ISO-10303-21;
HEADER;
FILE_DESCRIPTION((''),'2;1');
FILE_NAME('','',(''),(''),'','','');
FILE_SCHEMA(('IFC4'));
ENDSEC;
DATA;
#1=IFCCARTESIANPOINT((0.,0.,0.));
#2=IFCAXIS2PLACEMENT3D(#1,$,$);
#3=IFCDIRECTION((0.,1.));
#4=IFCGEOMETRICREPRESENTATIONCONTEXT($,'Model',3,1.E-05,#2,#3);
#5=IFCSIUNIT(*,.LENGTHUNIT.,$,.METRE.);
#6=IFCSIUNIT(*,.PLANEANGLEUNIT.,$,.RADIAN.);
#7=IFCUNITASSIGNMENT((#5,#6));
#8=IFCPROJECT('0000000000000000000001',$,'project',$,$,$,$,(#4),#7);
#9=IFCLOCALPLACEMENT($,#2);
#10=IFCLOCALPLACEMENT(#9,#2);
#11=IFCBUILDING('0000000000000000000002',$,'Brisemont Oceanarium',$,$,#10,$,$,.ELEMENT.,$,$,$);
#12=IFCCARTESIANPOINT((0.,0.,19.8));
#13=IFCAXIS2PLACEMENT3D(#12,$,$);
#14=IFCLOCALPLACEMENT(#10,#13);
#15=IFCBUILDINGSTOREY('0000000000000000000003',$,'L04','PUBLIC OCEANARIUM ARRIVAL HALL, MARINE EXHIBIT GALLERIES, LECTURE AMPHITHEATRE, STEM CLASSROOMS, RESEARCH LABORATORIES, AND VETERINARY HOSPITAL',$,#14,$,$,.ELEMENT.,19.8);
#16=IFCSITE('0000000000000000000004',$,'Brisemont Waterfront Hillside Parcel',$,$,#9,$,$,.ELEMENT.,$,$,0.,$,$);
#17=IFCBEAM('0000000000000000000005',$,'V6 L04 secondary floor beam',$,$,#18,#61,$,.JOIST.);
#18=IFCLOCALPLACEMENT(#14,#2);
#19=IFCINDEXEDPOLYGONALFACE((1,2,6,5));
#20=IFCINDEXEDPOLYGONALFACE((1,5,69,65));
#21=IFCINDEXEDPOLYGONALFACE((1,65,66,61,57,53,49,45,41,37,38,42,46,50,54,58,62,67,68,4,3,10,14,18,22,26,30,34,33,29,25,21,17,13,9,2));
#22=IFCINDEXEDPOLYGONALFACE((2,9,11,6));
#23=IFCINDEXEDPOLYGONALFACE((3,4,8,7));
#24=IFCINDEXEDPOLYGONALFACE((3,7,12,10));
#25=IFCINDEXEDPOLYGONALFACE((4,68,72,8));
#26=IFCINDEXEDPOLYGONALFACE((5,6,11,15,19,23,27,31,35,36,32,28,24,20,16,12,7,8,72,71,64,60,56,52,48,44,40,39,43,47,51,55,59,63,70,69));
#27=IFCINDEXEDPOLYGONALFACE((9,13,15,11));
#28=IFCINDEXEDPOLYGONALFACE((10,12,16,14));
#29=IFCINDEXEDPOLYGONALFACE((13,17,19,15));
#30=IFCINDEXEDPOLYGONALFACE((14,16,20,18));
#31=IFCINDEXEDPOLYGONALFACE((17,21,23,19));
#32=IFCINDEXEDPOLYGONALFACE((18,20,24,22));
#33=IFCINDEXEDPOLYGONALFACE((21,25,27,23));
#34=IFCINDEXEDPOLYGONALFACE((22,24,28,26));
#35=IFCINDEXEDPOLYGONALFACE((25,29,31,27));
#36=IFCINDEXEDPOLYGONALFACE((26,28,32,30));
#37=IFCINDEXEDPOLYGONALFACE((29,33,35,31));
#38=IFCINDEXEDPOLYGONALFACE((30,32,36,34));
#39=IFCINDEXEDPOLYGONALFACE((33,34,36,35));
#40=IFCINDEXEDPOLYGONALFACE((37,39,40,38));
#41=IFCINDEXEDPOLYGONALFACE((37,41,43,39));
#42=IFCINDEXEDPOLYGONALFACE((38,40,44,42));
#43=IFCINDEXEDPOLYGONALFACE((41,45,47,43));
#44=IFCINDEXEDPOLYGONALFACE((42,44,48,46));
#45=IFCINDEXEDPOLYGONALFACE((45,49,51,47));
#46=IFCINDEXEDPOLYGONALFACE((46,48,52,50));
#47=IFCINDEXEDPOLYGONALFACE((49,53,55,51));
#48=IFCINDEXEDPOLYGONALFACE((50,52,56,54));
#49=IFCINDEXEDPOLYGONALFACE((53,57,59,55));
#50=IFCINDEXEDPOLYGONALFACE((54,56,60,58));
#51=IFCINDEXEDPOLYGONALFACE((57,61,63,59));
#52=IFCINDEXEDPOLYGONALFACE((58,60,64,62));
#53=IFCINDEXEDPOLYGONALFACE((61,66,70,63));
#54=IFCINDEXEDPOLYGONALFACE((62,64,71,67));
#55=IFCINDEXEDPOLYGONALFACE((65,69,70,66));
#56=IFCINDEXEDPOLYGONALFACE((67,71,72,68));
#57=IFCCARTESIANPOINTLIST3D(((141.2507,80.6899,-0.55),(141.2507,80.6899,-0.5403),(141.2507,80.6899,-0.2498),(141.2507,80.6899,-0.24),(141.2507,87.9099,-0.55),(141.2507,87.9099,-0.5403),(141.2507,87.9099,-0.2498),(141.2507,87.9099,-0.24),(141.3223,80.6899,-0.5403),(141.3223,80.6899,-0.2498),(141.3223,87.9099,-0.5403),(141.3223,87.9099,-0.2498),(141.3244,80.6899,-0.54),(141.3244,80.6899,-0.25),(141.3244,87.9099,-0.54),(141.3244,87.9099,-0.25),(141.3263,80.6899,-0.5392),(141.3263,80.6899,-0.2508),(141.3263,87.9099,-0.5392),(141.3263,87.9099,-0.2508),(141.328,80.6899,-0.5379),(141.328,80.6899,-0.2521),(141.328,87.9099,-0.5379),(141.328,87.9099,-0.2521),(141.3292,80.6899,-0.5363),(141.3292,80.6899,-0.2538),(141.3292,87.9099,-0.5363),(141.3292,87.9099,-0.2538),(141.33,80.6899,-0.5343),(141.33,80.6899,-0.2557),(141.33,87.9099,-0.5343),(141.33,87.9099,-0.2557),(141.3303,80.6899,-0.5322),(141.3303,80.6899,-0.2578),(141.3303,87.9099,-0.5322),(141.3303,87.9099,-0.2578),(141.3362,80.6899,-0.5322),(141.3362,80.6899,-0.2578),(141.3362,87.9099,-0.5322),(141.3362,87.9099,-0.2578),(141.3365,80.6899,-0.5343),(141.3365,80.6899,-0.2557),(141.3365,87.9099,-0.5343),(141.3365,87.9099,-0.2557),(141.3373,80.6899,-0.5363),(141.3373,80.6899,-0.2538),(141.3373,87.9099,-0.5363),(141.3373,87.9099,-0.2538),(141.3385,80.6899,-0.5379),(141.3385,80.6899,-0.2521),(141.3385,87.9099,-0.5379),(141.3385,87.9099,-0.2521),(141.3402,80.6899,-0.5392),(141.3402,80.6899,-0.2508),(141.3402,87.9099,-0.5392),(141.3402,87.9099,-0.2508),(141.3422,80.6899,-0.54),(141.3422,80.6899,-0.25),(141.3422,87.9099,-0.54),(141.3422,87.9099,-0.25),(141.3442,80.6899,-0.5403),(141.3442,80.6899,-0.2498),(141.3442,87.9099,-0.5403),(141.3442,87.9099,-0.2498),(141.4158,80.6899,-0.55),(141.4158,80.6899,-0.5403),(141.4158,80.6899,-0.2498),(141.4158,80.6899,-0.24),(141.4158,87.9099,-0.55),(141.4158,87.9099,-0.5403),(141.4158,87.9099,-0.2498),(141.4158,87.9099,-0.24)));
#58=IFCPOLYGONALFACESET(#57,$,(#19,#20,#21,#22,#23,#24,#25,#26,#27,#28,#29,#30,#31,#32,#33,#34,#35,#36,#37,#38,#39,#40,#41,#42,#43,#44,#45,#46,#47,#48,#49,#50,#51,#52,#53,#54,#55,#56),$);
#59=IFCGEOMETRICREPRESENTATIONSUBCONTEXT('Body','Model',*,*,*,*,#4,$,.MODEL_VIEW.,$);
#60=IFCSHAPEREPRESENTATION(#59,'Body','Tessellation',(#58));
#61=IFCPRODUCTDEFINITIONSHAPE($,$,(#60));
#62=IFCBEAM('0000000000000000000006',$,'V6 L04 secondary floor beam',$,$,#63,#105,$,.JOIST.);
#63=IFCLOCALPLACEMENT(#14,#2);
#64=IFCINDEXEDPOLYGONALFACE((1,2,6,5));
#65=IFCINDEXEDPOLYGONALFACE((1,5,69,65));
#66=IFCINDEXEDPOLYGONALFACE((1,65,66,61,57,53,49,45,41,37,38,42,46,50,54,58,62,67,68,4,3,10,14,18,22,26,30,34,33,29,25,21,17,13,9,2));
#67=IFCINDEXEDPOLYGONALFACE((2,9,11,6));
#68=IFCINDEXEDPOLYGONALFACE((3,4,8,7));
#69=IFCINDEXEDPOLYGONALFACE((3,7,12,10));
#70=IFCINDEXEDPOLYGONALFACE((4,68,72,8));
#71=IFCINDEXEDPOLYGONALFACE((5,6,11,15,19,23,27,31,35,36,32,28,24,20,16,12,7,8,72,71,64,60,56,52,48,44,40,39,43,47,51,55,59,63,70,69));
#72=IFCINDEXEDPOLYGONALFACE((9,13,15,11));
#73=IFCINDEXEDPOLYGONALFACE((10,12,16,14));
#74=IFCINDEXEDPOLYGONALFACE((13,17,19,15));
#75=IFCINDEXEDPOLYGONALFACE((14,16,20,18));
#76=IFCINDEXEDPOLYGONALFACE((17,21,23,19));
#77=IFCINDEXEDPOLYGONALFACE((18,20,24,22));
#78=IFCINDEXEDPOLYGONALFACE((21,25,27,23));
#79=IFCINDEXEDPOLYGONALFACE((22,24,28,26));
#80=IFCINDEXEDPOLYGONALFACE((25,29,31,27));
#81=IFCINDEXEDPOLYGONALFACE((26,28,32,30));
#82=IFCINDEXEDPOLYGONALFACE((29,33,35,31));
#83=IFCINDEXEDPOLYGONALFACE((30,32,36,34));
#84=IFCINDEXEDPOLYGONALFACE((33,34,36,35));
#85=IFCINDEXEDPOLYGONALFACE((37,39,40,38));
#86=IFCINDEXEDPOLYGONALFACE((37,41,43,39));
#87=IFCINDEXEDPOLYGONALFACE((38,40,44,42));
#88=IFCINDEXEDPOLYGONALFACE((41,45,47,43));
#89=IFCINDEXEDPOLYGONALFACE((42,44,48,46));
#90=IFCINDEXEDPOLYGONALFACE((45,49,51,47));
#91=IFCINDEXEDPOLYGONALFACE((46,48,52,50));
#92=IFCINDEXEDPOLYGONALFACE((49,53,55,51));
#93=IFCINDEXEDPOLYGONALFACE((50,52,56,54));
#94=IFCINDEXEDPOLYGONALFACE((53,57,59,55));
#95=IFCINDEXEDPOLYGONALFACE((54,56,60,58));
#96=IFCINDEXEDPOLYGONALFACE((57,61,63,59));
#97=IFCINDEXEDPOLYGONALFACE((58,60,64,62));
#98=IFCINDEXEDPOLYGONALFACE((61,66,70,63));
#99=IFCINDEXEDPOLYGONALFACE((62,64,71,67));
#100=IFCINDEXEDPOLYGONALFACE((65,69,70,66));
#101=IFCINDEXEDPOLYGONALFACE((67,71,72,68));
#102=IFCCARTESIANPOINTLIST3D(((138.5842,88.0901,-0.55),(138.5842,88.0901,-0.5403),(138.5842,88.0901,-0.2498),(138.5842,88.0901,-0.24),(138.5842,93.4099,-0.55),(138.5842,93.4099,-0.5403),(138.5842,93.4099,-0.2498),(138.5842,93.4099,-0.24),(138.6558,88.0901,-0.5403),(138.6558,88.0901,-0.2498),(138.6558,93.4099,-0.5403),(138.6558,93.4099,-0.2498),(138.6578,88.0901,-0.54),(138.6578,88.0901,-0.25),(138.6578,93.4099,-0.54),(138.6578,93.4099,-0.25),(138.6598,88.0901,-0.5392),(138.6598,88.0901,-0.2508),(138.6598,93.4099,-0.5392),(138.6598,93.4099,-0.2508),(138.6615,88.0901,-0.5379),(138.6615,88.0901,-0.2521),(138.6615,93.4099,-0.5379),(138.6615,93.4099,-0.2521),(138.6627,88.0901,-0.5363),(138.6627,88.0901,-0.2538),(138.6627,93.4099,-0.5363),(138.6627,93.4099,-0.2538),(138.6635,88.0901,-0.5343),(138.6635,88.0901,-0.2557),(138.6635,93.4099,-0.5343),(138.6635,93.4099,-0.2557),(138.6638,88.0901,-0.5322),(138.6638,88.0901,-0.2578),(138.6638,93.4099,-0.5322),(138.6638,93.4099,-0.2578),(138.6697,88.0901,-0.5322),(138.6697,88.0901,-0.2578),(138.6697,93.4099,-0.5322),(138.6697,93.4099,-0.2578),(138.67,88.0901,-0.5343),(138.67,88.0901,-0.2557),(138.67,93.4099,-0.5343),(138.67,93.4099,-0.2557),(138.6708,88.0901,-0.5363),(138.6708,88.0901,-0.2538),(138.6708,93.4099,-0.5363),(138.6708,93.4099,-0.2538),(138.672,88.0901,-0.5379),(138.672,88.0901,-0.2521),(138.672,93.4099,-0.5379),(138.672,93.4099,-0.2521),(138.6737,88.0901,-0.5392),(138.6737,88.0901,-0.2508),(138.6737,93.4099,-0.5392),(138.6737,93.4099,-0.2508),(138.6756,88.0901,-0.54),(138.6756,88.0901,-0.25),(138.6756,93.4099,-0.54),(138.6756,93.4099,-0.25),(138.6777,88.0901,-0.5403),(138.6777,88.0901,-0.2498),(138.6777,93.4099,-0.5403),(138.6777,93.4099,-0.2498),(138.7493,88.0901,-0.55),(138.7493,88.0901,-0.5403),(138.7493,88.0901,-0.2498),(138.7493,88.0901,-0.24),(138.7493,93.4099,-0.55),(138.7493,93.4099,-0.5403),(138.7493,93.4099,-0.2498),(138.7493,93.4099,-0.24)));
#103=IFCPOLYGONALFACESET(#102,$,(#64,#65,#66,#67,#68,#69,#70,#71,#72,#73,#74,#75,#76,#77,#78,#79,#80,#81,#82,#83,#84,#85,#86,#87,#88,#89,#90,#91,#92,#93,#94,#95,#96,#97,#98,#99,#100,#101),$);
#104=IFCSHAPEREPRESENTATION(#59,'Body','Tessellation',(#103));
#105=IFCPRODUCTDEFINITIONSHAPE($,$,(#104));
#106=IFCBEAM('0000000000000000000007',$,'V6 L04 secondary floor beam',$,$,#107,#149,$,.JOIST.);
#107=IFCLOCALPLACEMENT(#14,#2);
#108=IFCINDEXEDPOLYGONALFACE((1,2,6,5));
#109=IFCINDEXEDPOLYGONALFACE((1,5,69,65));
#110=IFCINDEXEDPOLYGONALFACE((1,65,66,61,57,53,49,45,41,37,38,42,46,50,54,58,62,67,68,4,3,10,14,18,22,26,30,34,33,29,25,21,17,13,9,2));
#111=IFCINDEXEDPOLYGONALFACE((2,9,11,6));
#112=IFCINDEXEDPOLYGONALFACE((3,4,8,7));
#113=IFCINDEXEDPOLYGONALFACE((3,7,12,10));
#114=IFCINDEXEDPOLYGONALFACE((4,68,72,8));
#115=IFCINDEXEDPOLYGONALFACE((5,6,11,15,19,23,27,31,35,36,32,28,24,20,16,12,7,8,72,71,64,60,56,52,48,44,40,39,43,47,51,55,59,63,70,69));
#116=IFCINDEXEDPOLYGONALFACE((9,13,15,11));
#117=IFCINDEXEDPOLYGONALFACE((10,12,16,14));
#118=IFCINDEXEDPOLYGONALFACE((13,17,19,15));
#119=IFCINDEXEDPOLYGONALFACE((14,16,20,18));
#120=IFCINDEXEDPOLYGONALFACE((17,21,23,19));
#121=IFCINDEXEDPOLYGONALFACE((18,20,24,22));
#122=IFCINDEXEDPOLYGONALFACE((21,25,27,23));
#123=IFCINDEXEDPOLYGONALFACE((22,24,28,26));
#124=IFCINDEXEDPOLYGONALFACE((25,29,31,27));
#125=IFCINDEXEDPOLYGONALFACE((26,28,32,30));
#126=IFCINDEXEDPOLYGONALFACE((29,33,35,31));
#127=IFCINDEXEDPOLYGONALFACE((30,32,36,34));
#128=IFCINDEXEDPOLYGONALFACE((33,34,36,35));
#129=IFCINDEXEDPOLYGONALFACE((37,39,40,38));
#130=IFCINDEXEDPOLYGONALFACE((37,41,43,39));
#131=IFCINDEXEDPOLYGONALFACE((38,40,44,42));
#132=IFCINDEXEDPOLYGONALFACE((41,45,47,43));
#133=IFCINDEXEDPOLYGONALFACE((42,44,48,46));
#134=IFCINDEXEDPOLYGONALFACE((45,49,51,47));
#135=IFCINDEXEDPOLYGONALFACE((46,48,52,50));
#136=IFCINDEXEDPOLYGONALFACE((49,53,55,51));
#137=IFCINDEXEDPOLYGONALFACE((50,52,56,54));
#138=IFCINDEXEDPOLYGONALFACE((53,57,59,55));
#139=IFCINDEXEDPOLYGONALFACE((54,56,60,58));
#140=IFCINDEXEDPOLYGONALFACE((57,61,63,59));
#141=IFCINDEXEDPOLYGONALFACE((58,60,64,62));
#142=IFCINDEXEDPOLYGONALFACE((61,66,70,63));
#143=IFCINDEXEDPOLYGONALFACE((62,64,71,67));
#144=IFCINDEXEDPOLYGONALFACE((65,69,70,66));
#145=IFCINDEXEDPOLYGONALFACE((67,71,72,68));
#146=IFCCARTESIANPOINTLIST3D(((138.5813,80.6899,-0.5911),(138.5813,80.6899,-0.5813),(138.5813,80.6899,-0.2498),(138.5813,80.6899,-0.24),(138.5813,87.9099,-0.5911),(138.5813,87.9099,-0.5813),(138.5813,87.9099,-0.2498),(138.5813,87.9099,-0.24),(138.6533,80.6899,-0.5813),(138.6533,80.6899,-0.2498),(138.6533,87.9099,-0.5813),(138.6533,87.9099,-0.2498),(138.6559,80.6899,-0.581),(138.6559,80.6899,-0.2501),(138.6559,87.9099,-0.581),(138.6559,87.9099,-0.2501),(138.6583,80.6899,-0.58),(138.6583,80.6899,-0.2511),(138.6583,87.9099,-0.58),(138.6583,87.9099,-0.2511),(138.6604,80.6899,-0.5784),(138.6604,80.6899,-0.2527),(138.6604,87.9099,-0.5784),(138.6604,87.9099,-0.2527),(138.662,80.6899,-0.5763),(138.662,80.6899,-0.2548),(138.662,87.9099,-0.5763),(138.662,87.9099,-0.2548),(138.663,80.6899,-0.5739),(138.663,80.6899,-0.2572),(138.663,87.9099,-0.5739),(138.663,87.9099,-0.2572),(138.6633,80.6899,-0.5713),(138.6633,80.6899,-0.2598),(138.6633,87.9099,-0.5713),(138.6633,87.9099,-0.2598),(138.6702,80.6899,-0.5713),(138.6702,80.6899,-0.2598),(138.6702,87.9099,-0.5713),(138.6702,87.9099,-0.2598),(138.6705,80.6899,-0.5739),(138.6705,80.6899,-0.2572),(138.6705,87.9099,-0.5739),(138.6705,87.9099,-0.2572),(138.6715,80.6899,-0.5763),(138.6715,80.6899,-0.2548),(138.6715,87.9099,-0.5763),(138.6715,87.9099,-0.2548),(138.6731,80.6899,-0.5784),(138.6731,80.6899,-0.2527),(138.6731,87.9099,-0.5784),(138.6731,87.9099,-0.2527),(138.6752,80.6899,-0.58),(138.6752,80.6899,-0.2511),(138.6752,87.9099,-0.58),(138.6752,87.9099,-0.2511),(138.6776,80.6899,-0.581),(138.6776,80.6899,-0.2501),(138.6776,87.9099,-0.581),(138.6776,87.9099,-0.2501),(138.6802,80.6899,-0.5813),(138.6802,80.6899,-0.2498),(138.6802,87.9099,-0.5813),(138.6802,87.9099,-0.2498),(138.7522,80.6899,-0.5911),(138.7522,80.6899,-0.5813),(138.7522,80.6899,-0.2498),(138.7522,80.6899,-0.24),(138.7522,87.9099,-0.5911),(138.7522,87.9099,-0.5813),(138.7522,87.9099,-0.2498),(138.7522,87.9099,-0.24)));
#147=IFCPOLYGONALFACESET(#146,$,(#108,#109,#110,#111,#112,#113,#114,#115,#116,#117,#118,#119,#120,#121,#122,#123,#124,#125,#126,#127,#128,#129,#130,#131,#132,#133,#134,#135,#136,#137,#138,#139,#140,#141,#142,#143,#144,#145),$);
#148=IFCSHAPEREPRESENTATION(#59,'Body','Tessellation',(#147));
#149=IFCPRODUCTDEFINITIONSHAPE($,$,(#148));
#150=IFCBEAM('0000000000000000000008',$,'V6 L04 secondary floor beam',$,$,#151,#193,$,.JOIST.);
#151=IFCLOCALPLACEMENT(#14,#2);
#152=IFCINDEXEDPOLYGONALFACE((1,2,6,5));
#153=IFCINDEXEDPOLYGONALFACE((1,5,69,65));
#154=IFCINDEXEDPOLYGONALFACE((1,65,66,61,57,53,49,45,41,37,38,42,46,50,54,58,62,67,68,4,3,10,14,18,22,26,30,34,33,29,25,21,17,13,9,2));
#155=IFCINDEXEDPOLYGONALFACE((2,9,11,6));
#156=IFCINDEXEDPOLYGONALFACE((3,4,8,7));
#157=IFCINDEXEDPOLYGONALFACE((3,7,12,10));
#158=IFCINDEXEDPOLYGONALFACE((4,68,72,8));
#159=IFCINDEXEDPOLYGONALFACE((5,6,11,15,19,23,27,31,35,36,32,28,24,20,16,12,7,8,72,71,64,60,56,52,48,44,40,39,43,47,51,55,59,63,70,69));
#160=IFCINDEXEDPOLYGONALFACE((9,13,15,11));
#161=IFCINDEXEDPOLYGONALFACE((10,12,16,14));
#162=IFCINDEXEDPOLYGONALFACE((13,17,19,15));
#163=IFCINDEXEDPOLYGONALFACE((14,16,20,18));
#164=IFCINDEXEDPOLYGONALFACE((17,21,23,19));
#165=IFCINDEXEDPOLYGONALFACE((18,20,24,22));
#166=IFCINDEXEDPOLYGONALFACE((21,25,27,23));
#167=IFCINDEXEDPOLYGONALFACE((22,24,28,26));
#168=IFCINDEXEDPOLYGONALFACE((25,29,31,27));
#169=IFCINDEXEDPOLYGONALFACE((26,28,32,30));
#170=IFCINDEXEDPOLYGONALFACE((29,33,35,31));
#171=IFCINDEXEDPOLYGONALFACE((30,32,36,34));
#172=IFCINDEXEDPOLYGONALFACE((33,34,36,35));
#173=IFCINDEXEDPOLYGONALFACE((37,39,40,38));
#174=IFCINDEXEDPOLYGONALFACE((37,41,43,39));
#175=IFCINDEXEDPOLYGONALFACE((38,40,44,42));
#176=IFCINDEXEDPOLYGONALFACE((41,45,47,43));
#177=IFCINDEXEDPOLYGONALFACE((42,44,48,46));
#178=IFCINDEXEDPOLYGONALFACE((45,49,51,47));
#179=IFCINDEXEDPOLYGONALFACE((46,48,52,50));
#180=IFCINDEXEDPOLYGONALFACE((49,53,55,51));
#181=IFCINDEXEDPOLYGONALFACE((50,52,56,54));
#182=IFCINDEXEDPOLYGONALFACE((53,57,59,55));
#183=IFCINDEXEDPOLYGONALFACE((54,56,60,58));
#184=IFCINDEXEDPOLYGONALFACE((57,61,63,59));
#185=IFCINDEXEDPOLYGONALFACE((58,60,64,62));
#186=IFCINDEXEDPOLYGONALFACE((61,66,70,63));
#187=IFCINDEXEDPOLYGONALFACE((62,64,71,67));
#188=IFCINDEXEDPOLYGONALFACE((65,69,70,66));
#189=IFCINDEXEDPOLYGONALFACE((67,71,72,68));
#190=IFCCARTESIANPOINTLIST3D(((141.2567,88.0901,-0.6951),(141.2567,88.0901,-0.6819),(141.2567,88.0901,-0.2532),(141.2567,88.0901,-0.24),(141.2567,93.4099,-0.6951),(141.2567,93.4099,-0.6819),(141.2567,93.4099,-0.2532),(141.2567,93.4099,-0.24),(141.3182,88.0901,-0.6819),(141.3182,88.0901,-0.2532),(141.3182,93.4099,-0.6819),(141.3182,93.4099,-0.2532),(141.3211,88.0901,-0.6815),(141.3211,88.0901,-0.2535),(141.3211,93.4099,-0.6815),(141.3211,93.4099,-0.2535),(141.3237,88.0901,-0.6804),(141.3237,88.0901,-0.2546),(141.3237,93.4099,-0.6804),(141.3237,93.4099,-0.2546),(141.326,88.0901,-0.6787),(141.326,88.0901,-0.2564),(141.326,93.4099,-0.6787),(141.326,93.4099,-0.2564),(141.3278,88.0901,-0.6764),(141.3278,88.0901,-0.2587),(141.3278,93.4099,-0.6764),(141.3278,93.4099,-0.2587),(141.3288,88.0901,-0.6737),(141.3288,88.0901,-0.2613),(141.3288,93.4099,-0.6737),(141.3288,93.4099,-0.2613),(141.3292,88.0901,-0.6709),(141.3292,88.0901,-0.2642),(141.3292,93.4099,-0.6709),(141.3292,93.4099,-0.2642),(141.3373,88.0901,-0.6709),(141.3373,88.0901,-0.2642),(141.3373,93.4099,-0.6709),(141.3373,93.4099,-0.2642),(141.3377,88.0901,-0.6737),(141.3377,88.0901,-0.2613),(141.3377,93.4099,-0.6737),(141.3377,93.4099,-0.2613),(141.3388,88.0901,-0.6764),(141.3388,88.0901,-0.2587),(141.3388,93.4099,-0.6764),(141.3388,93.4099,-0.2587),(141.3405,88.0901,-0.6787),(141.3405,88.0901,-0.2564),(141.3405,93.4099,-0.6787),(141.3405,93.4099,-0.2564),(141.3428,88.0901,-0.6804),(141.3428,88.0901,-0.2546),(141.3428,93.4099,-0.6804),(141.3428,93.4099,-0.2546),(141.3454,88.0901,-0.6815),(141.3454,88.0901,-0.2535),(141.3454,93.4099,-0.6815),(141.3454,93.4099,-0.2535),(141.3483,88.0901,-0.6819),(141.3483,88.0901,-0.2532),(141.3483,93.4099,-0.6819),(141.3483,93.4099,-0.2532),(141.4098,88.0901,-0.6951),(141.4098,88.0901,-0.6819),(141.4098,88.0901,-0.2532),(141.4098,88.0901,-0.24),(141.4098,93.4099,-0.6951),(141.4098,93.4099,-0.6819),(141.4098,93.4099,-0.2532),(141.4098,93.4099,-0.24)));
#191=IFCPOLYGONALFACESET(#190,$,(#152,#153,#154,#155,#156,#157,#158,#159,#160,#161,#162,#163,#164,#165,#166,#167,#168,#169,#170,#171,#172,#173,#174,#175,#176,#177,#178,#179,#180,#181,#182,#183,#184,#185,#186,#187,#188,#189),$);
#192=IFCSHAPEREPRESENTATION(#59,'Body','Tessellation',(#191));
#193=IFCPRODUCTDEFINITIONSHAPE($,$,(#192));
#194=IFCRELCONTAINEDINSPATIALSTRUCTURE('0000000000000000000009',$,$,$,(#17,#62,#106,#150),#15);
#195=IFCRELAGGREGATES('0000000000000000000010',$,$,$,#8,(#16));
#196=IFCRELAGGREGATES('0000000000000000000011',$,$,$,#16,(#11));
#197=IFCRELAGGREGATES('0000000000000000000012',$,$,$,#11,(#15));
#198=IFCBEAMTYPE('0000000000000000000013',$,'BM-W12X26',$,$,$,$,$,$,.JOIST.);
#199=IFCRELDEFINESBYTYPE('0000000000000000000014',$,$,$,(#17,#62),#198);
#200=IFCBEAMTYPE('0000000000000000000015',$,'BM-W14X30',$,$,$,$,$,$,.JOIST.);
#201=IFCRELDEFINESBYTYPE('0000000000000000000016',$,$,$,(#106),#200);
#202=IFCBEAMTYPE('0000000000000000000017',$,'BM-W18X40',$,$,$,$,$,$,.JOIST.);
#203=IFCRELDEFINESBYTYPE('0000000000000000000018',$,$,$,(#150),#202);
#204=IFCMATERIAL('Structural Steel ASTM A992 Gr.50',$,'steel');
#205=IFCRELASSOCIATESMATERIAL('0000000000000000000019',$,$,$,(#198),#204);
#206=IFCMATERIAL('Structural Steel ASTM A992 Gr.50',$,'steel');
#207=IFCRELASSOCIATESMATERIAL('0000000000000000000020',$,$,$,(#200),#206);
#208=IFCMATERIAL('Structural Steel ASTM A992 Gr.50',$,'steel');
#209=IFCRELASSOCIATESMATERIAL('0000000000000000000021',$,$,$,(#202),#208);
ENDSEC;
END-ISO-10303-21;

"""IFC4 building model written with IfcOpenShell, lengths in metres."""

from ifc_helpers import new_model, si_unit, direction, frame, origin, origin_2d, place, context, subcontext, project, spatial, i_section, extrude, material, material_profile, profile_set, type_object, element, save


model = new_model("IFC4")

# Units and contexts
model_context = context("Model", 3, precision=1e-05, world=origin(), true_north=direction((0.0, 1.0)))
body_context = subcontext(model_context, "Body", "Model", "MODEL_VIEW")
ifc_project = project(units=[si_unit("LENGTHUNIT", "METRE"), si_unit("PLANEANGLEUNIT", "RADIAN")], contexts=[model_context])

# Site, building, storey
site_placement = place(None, origin())
site = spatial("IfcSite", under=ifc_project, at=site_placement, Name="Brisemont Waterfront Hillside Parcel", CompositionType="ELEMENT", RefElevation=0.0)
building_placement = place(site_placement, origin())
building = spatial("IfcBuilding", under=site, at=building_placement, Name="Brisemont Oceanarium", CompositionType="ELEMENT")
storey_placement = place(building_placement, frame((0.0, 0.0, 19.8)))
storey = spatial("IfcBuildingStorey", under=building, at=storey_placement, Name="L04", Description="PUBLIC OCEANARIUM ARRIVAL HALL, MARINE EXHIBIT GALLERIES, LECTURE AMPHITHEATRE, STEM CLASSROOMS, RESEARCH LABORATORIES, AND VETERINARY HOSPITAL", CompositionType="ELEMENT", Elevation=19.8)

# Beams
ifc_material_1 = material(Name="Structural Steel ASTM A992 Gr.50", Category="steel")
ifc_material_profile_1 = material_profile(ifc_material_1, i_section(OverallWidth=0.165, OverallDepth=0.3101, WebThickness=0.0059, FlangeThickness=0.0098, FilletRadius=0.0081, at=origin_2d()), Name="W12X26")
ifc_profile_set_1 = profile_set([ifc_material_profile_1], Name="Structural Steel ASTM A992 Gr.50")
beam_type_1 = type_object("IfcBeamType", Name="BM-W12X26", PredefinedType="JOIST", material=ifc_profile_set_1)
beam_1_placement = place(storey_placement, frame((141.3333, 80.6899, -0.395), z_axis=(0.0, 1.0, 0.0), x_axis=(-1.0, 0.0, 0.0)))
element("IfcBeam", 1, at=beam_1_placement, inside=storey, type_object=beam_type_1, Name="V6 L04 secondary floor beam", PredefinedType="JOIST", context=body_context, shape_type="SweptSolid", body=[
    extrude(i_section(OverallWidth=0.165, OverallDepth=0.3101, WebThickness=0.0059, FlangeThickness=0.0098, FilletRadius=0.0081, at=origin_2d()), origin(), (0.0, 0.0, 1.0), 7.22),
])
beam_2_placement = place(storey_placement, frame((138.6667, 88.0901, -0.395), z_axis=(0.0, 1.0, 0.0), x_axis=(-1.0, 0.0, 0.0)))
element("IfcBeam", 2, at=beam_2_placement, inside=storey, type_object=beam_type_1, Name="V6 L04 secondary floor beam", PredefinedType="JOIST", context=body_context, shape_type="SweptSolid", body=[
    extrude(i_section(OverallWidth=0.165, OverallDepth=0.3101, WebThickness=0.0059, FlangeThickness=0.0098, FilletRadius=0.0081, at=origin_2d()), origin(), (0.0, 0.0, 1.0), 5.3198),
])
ifc_material_2 = material(Name="Structural Steel ASTM A992 Gr.50", Category="steel")
ifc_material_profile_2 = material_profile(ifc_material_2, i_section(OverallWidth=0.1709, OverallDepth=0.3511, WebThickness=0.0068, FlangeThickness=0.0098, FilletRadius=0.01, at=origin_2d()), Name="W14X30")
ifc_profile_set_2 = profile_set([ifc_material_profile_2], Name="Structural Steel ASTM A992 Gr.50")
beam_type_2 = type_object("IfcBeamType", Name="BM-W14X30", PredefinedType="JOIST", material=ifc_profile_set_2)
beam_3_placement = place(storey_placement, frame((138.6667, 80.6899, -0.4155), z_axis=(0.0, 1.0, 0.0), x_axis=(-1.0, 0.0, 0.0)))
element("IfcBeam", 3, at=beam_3_placement, inside=storey, type_object=beam_type_2, Name="V6 L04 secondary floor beam", PredefinedType="JOIST", context=body_context, shape_type="SweptSolid", body=[
    extrude(i_section(OverallWidth=0.1709, OverallDepth=0.3511, WebThickness=0.0068, FlangeThickness=0.0098, FilletRadius=0.01, at=origin_2d()), origin(), (0.0, 0.0, 1.0), 7.22),
])
ifc_material_3 = material(Name="Structural Steel ASTM A992 Gr.50", Category="steel")
ifc_material_profile_3 = material_profile(ifc_material_3, i_section(OverallWidth=0.1531, OverallDepth=0.4551, WebThickness=0.0081, FlangeThickness=0.0132, FilletRadius=0.011, at=origin_2d()), Name="W18X40")
ifc_profile_set_3 = profile_set([ifc_material_profile_3], Name="Structural Steel ASTM A992 Gr.50")
beam_type_3 = type_object("IfcBeamType", Name="BM-W18X40", PredefinedType="JOIST", material=ifc_profile_set_3)
beam_4_placement = place(storey_placement, frame((141.3333, 88.0901, -0.4675), z_axis=(0.0, 1.0, 0.0), x_axis=(-1.0, 0.0, 0.0)))
element("IfcBeam", 4, at=beam_4_placement, inside=storey, type_object=beam_type_3, Name="V6 L04 secondary floor beam", PredefinedType="JOIST", context=body_context, shape_type="SweptSolid", body=[
    extrude(i_section(OverallWidth=0.1531, OverallDepth=0.4551, WebThickness=0.0081, FlangeThickness=0.0132, FilletRadius=0.011, at=origin_2d()), origin(), (0.0, 0.0, 1.0), 5.3198),
])

save(model, "model.ifc")
